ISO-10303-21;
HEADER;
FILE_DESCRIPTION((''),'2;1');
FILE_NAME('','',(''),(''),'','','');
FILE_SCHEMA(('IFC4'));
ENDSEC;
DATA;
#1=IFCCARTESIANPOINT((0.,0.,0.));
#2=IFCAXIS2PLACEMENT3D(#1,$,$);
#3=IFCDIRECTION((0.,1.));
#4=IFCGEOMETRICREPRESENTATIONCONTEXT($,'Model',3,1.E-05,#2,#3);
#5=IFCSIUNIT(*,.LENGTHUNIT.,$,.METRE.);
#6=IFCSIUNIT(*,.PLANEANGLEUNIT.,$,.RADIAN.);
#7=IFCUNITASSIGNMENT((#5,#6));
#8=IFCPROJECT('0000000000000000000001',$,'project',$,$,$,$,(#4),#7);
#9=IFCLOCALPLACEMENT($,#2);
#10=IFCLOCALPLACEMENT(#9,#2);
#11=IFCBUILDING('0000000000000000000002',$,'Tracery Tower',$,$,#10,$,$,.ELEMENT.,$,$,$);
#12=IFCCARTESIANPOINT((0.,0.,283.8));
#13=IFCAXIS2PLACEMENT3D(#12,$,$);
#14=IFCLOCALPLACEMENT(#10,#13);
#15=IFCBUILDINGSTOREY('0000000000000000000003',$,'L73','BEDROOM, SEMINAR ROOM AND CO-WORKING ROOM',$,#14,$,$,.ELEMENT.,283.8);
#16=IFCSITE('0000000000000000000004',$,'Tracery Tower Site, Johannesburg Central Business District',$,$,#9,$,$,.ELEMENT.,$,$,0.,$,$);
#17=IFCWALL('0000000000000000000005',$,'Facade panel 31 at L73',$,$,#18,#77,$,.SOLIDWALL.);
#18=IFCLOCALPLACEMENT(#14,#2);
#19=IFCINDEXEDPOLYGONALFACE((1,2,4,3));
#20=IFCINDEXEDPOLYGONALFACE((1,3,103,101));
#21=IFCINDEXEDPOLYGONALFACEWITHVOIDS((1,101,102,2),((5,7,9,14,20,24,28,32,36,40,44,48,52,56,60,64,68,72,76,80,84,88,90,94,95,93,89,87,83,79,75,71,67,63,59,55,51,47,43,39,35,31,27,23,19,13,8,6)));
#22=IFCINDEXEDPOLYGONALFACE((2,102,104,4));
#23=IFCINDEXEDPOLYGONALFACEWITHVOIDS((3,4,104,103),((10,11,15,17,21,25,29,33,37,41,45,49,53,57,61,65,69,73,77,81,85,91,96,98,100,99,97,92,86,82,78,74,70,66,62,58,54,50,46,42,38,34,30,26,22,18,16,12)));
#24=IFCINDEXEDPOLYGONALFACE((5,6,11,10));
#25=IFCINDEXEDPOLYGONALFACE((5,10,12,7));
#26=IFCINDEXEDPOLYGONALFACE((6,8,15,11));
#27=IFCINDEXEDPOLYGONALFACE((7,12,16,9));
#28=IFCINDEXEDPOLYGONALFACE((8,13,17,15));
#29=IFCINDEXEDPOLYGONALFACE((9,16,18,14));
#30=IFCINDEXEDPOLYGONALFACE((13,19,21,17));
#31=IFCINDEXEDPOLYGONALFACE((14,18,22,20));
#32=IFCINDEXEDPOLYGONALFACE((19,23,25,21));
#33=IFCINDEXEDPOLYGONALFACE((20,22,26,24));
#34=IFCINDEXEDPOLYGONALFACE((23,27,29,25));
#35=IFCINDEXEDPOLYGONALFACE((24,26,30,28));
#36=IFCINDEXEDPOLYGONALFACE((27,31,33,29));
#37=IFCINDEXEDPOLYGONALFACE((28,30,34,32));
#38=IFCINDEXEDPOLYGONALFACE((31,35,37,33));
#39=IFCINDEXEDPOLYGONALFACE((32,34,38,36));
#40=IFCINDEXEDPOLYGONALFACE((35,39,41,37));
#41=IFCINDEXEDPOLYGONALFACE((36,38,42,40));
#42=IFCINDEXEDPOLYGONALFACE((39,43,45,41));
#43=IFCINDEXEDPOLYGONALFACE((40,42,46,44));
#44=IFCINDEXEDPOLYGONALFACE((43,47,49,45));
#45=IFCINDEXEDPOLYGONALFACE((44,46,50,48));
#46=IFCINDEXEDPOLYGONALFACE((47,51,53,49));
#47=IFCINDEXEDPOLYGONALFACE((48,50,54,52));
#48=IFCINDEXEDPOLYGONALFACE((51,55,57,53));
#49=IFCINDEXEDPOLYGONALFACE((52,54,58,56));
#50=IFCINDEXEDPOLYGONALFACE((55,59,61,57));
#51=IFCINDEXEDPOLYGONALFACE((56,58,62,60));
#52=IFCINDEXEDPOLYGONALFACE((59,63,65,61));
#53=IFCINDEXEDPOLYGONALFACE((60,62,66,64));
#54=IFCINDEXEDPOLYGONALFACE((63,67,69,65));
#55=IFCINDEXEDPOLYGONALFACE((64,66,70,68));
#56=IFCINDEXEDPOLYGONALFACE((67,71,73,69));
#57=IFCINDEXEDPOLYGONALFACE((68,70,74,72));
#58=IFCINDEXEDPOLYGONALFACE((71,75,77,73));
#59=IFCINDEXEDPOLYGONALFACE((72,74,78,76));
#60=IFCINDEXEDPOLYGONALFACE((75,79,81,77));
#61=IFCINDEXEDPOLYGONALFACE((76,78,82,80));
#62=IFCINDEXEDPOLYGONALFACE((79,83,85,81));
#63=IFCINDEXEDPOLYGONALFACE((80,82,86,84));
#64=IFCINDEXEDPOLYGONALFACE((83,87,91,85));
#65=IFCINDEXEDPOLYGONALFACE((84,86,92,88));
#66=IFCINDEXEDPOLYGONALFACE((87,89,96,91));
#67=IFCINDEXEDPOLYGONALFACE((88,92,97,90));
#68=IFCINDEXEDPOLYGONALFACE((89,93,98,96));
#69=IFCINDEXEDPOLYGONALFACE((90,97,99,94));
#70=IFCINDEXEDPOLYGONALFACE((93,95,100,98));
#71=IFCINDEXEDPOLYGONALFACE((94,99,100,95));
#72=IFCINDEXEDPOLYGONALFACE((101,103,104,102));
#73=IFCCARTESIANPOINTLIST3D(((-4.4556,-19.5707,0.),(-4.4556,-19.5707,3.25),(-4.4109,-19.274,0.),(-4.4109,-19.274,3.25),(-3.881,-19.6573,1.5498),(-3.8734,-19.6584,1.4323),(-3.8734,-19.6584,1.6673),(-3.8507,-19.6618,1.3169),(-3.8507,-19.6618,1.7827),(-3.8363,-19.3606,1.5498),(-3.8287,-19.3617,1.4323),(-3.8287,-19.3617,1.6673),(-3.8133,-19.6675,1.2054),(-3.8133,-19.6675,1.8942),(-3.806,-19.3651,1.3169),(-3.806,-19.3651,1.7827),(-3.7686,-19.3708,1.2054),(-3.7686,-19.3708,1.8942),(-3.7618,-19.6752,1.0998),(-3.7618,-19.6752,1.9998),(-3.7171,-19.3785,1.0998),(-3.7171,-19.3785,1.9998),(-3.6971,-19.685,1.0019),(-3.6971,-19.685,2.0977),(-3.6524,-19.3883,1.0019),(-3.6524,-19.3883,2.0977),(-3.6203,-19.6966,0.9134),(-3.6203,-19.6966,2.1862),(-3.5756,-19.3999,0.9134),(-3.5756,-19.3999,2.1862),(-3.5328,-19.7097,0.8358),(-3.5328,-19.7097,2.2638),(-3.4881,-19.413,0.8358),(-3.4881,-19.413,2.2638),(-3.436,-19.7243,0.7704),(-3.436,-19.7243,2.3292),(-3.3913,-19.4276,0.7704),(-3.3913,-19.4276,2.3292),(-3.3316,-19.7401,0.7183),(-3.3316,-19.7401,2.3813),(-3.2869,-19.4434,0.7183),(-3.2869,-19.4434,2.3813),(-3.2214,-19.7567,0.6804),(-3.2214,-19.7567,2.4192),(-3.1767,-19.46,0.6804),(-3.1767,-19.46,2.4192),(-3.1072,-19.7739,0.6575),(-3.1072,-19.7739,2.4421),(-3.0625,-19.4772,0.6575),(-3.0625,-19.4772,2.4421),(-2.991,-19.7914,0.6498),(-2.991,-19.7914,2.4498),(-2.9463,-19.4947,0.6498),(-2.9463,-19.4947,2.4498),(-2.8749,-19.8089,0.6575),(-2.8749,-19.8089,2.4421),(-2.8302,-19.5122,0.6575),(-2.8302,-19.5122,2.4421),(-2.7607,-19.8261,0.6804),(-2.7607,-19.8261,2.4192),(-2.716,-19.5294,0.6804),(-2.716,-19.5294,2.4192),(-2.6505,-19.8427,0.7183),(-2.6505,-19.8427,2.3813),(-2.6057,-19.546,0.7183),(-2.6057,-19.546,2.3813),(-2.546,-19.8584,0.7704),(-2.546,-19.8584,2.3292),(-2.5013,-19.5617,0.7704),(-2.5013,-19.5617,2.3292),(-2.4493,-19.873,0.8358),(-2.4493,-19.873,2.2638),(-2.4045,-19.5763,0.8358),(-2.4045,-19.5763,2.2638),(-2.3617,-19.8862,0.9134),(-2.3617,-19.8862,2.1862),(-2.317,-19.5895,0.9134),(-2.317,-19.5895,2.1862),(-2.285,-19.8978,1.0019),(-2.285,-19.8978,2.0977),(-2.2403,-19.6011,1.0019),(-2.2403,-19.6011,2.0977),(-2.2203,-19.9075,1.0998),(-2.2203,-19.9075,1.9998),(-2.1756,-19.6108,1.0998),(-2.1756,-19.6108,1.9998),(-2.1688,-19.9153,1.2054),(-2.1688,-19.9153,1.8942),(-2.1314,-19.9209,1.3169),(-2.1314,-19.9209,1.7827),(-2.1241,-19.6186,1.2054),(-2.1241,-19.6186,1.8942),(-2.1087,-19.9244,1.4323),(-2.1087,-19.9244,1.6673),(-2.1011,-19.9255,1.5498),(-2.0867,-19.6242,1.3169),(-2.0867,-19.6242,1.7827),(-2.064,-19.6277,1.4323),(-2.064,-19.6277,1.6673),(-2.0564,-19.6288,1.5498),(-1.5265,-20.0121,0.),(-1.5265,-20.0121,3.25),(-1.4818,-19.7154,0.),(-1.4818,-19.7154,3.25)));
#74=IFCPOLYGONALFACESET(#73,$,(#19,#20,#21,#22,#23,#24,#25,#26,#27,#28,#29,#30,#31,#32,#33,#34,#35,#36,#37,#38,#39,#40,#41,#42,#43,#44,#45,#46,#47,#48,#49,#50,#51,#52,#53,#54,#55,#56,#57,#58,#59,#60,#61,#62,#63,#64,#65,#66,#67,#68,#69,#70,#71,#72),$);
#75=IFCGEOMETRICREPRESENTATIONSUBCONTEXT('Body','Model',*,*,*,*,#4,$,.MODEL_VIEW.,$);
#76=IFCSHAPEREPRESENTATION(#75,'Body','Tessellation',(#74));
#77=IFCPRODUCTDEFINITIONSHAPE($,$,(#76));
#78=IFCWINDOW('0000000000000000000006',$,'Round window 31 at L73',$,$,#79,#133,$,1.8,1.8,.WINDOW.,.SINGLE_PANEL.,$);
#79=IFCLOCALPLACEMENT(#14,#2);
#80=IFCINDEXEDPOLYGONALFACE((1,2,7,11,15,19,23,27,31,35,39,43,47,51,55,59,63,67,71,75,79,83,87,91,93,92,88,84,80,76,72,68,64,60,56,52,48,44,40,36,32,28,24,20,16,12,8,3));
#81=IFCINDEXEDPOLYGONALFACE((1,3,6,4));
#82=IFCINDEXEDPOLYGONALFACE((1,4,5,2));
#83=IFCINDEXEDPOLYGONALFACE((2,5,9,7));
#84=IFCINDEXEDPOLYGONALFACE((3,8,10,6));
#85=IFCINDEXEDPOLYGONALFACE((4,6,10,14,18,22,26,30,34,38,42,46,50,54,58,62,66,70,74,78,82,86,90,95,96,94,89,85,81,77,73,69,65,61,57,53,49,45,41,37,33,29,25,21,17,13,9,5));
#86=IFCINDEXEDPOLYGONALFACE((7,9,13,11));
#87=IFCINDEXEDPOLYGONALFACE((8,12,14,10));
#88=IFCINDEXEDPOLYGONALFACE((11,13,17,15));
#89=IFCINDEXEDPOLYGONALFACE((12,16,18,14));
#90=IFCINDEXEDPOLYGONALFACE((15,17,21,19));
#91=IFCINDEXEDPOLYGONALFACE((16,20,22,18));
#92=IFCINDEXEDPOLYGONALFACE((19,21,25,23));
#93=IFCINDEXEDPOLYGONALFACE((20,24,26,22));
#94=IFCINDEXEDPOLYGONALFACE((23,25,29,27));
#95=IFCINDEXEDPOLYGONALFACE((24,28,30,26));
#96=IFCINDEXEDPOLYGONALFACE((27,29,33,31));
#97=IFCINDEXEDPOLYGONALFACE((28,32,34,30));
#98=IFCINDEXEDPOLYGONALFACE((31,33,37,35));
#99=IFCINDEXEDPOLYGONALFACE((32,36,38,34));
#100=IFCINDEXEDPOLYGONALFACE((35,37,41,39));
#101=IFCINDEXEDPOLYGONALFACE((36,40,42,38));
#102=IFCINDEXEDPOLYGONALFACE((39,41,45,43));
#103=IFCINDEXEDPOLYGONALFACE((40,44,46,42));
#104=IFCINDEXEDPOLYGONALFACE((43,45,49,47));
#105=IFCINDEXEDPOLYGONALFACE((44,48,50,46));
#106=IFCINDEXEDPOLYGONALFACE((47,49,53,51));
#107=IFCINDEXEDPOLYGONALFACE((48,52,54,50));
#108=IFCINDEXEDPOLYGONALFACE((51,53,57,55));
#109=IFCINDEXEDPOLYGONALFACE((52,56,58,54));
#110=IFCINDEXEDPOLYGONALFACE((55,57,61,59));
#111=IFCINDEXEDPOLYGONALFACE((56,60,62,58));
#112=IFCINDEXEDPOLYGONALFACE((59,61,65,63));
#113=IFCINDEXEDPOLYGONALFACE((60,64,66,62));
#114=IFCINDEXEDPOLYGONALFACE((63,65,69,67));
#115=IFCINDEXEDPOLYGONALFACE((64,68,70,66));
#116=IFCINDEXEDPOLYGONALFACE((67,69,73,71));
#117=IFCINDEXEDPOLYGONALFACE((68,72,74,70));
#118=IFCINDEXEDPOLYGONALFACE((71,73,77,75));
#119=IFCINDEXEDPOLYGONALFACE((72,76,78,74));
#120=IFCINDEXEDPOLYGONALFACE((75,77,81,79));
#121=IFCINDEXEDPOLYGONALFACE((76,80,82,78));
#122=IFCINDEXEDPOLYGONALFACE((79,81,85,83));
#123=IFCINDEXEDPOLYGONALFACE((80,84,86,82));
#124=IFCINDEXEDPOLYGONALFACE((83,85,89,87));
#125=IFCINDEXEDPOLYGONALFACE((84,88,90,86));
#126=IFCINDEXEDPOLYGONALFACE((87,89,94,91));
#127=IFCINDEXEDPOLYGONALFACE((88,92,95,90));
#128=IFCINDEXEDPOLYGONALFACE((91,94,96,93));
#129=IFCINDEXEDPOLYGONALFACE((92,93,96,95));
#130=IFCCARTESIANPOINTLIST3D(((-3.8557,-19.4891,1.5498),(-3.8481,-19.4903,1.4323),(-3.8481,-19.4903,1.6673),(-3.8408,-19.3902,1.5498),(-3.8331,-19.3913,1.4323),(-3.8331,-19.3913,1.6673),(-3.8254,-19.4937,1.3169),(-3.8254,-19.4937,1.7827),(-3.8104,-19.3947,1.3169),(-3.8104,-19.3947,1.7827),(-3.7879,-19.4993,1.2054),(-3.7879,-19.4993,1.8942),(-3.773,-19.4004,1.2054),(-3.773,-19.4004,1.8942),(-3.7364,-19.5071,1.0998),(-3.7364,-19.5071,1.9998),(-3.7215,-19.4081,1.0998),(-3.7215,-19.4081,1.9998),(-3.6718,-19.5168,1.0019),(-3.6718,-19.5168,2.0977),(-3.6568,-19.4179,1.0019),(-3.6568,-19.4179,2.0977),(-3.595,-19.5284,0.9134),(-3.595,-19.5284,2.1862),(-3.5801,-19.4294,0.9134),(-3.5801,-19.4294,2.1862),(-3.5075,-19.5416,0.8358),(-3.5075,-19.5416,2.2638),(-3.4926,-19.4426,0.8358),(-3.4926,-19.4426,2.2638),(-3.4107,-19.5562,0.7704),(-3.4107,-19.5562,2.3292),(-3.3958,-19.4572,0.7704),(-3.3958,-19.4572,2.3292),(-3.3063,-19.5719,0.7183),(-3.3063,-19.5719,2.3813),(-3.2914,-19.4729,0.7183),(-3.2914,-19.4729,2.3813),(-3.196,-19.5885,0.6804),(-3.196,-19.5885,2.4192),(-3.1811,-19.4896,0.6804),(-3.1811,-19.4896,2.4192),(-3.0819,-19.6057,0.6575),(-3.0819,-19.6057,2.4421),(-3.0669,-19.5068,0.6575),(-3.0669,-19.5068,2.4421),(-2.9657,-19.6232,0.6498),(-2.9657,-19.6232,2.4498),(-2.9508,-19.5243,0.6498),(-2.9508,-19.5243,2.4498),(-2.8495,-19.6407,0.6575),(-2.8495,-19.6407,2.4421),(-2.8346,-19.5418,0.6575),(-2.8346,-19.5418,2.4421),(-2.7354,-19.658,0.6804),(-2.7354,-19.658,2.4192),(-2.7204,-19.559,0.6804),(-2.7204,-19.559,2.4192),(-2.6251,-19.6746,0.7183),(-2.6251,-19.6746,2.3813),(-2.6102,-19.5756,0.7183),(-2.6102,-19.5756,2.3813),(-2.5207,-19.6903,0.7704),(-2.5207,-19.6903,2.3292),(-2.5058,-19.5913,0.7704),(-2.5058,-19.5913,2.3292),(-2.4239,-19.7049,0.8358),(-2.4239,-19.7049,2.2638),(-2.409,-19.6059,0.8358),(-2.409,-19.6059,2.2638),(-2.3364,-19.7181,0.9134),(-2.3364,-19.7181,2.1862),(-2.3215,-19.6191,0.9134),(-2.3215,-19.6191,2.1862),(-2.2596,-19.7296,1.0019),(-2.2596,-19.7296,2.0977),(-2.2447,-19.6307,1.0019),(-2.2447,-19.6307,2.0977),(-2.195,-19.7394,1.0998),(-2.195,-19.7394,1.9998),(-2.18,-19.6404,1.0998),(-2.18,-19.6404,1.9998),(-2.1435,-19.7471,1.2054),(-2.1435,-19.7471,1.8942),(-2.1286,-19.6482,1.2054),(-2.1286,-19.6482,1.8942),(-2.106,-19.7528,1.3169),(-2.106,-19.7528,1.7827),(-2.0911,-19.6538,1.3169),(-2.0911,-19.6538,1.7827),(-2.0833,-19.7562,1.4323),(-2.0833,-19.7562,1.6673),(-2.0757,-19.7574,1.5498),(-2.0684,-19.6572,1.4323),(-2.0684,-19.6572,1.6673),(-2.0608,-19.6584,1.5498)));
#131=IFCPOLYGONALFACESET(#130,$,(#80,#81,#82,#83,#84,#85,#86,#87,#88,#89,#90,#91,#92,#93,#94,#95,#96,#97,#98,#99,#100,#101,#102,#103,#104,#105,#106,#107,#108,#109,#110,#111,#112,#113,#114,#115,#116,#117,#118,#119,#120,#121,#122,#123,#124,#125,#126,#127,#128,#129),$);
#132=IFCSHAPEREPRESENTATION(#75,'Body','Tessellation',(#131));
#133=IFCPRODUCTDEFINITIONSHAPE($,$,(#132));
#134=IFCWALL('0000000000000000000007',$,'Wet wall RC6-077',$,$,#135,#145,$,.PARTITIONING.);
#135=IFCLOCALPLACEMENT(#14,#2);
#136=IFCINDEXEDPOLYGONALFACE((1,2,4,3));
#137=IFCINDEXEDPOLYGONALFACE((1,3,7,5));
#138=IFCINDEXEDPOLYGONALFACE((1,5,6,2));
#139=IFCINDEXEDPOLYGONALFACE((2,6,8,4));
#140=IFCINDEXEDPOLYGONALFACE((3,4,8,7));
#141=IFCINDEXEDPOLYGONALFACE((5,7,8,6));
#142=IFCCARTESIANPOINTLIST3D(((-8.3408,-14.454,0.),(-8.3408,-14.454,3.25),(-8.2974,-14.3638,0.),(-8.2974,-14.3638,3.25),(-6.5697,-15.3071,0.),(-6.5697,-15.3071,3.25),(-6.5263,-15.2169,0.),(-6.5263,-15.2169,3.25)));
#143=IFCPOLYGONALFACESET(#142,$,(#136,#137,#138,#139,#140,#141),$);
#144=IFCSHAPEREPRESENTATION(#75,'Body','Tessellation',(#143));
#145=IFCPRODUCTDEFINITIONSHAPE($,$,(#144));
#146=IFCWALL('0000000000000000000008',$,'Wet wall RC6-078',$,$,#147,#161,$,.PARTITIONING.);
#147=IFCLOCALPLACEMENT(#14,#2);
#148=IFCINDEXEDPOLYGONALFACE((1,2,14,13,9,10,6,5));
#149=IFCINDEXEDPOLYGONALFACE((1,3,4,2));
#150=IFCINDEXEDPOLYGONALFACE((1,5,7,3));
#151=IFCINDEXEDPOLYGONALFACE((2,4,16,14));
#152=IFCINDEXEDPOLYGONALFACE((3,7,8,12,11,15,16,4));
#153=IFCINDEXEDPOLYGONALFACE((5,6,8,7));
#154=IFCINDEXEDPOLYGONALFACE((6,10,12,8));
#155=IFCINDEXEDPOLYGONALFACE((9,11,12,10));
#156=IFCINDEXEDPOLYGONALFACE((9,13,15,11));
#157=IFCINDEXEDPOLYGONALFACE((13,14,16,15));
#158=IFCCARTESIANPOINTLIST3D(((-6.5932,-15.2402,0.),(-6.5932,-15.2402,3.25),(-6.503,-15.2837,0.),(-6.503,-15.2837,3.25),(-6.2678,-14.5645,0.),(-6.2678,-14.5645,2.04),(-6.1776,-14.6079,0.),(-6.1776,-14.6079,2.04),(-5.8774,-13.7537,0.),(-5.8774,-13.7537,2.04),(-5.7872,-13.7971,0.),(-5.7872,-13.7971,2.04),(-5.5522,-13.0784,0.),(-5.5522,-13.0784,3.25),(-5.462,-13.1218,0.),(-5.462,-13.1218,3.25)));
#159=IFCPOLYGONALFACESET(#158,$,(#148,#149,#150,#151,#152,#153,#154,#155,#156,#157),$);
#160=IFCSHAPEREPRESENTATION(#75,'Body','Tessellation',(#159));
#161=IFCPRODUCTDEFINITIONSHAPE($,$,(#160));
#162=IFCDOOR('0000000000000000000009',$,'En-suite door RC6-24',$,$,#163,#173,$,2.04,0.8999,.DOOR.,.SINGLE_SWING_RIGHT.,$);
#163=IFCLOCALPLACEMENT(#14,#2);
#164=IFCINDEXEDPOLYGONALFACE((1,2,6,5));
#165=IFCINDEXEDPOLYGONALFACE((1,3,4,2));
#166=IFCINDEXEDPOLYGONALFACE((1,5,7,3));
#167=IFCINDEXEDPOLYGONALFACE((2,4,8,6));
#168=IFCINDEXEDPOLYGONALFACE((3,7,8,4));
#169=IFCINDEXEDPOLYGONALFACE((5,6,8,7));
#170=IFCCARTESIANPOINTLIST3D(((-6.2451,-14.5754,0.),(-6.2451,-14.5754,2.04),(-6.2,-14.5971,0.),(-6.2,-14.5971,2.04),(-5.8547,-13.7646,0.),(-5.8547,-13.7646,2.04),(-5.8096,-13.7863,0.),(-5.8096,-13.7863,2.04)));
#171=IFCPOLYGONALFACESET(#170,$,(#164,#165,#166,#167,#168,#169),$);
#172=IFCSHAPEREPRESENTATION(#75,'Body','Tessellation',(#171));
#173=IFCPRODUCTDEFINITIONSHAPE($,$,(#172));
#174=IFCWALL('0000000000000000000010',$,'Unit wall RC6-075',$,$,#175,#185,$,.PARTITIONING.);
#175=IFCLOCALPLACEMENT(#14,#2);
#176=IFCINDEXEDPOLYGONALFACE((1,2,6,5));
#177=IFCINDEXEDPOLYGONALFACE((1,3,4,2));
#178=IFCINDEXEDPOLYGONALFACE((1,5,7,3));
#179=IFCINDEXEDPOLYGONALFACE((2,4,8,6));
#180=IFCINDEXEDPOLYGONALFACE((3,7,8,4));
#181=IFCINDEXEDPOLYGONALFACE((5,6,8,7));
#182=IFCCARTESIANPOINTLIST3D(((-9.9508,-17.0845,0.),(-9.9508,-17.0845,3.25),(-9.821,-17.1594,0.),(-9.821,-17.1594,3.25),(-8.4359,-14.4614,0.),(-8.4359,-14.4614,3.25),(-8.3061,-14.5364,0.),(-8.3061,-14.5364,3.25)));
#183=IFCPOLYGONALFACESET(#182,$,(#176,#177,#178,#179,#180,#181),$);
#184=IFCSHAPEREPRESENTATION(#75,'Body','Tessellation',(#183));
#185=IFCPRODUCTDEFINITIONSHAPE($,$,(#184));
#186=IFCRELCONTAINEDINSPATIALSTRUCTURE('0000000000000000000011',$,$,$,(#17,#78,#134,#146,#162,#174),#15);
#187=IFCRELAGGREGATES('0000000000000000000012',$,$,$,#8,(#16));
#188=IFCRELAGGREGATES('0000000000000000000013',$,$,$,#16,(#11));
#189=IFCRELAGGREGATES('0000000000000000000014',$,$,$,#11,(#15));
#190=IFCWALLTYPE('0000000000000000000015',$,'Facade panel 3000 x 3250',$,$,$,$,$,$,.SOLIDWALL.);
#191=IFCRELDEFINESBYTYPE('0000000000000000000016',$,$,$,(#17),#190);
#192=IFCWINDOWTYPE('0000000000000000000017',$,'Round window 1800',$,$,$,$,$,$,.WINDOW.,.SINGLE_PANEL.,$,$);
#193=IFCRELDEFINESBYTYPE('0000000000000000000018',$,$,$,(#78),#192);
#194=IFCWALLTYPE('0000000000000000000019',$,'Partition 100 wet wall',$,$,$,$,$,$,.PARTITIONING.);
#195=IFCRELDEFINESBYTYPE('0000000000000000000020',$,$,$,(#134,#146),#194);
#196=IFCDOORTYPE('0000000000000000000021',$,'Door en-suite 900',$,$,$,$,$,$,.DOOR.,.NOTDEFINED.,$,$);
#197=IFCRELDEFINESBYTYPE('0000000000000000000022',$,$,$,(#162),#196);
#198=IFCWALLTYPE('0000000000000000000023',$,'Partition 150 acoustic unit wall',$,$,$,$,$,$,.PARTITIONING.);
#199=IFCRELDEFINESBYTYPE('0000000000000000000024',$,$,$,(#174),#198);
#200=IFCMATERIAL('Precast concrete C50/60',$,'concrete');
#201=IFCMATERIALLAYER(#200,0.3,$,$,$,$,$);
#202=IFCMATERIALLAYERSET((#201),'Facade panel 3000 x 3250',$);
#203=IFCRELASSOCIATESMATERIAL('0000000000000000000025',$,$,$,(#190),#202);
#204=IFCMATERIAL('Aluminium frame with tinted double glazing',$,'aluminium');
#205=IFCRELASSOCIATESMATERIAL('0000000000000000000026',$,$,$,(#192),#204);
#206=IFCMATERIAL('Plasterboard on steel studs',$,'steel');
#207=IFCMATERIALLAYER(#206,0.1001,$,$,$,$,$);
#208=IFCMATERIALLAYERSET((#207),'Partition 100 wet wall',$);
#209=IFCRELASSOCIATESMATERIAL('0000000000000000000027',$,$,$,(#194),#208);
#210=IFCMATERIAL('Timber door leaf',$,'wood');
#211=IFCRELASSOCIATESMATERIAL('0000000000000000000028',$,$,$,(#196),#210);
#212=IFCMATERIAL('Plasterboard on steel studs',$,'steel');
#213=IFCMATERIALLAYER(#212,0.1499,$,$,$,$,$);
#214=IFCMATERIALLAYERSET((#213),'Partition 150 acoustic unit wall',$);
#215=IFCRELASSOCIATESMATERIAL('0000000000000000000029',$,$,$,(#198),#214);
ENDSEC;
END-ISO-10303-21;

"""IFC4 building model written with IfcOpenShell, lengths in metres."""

from ifc_helpers import new_model, si_unit, direction, frame, frame_2d, origin, origin_2d, place, context, subcontext, project, spatial, rectangle, circle, extrude, material, layer, layer_set, type_object, element, fill, save


model = new_model("IFC4")

# Units and contexts
model_context = context("Model", 3, precision=1e-05, world=origin(), true_north=direction((0.0, 1.0)))
body_context = subcontext(model_context, "Body", "Model", "MODEL_VIEW")
ifc_project = project(units=[si_unit("LENGTHUNIT", "METRE"), si_unit("PLANEANGLEUNIT", "RADIAN")], contexts=[model_context])

# Site, building, storey
site_placement = place(None, origin())
site = spatial("IfcSite", under=ifc_project, at=site_placement, Name="Tracery Tower Site, Johannesburg Central Business District", CompositionType="ELEMENT", RefElevation=0.0)
building_placement = place(site_placement, origin())
building = spatial("IfcBuilding", under=site, at=building_placement, Name="Tracery Tower", CompositionType="ELEMENT")
storey_placement = place(building_placement, frame((0.0, 0.0, 283.8)))
storey = spatial("IfcBuildingStorey", under=building, at=storey_placement, Name="L73", Description="BEDROOM, SEMINAR ROOM AND CO-WORKING ROOM", CompositionType="ELEMENT", Elevation=283.8)

# Wall, opening, window
ifc_material_1 = material(Name="Precast concrete C50/60", Category="concrete")
ifc_layer_1 = layer(ifc_material_1, 0.3)
ifc_layer_set_1 = layer_set([ifc_layer_1], Name="Facade panel 3000 x 3250")
wall_type_1 = type_object("IfcWallType", Name="Facade panel 3000 x 3250", PredefinedType="SOLIDWALL", material=ifc_layer_set_1)
ifc_material_2 = material(Name="Aluminium frame with tinted double glazing", Category="aluminium")
window_type = type_object("IfcWindowType", Name="Round window 1800", PartitioningType="SINGLE_PANEL", PredefinedType="WINDOW", material=ifc_material_2)
wall_1_placement = place(storey_placement, frame((-4.4331, -19.4224, 0.0), z_axis=(0.0, 0.0, 1.0), x_axis=(0.988836, -0.149009, 0.0)))
wall_1 = element("IfcWall", 1, at=wall_1_placement, inside=storey, type_object=wall_type_1, Name="Facade panel 31 at L73", PredefinedType="SOLIDWALL", context=body_context, shape_type="SweptSolid", body=[
    extrude(rectangle(XDim=2.9622, YDim=0.3, at=frame_2d((1.481, 0.0))), origin(), (0.0, 0.0, 1.0), 3.25),
])
opening_1_placement = place(wall_1_placement, frame((1.481, 0.0, 1.5498)))
opening_1 = element("IfcOpeningElement", 2, at=opening_1_placement, cuts=wall_1, PredefinedType="OPENING", context=body_context, shape_type="SweptSolid", body=[
    extrude(circle(Radius=0.9, at=origin_2d()), frame((0.0, 0.1599, 0.0), z_axis=(0.0, -1.0, 0.0), x_axis=(1.0, 0.0, 0.0)), (0.0, 0.0, 1.0), 0.3201),
])
window_1_placement = place(opening_1_placement, origin())
window_1 = element("IfcWindow", 3, at=window_1_placement, inside=storey, type_object=window_type, Name="Round window 31 at L73", OverallHeight=1.8, OverallWidth=1.8, PartitioningType="SINGLE_PANEL", PredefinedType="WINDOW", context=body_context, shape_type="SweptSolid", body=[
    extrude(circle(Radius=0.9, at=origin_2d()), frame((0.0, 0.1201, 0.0), z_axis=(0.0, -1.0, 0.0), x_axis=(1.0, 0.0, 0.0)), (0.0, 0.0, 1.0), 0.1001),
])
fill(opening_1, window_1)

# Wall
ifc_material_3 = material(Name="Plasterboard on steel studs", Category="steel")
ifc_layer_2 = layer(ifc_material_3, 0.1001)
ifc_layer_set_2 = layer_set([ifc_layer_2], Name="Partition 100 wet wall")
wall_type_2 = type_object("IfcWallType", Name="Partition 100 wet wall", PredefinedType="PARTITIONING", material=ifc_layer_set_2)
wall_2_placement = place(storey_placement, frame((-8.3191, -14.4089, 0.0), z_axis=(0.0, 0.0, 1.0), x_axis=(0.900937, -0.43395, 0.0)))
element("IfcWall", 4, at=wall_2_placement, inside=storey, type_object=wall_type_2, Name="Wet wall RC6-077", PredefinedType="PARTITIONING", context=body_context, shape_type="SweptSolid", body=[
    extrude(rectangle(XDim=1.9658, YDim=0.1001, at=frame_2d((0.9829, 0.0))), origin(), (0.0, 0.0, 1.0), 3.25),
])

# Wall, opening, door
wall_3_placement = place(storey_placement, frame((-6.5481, -15.262, 0.0), z_axis=(0.0, 0.0, 1.0), x_axis=(0.433855, 0.900983, 0.0)))
wall_3 = element("IfcWall", 5, at=wall_3_placement, inside=storey, type_object=wall_type_2, Name="Wet wall RC6-078", PredefinedType="PARTITIONING", context=body_context, shape_type="SweptSolid", body=[
    extrude(rectangle(XDim=2.3994, YDim=0.1001, at=frame_2d((1.1997, 0.0))), origin(), (0.0, 0.0, 1.0), 3.25),
])
opening_2_placement = place(wall_3_placement, frame((0.75, 0.0, 0.0)))
opening_2 = element("IfcOpeningElement", 6, at=opening_2_placement, cuts=wall_3, PredefinedType="OPENING", context=body_context, shape_type="SweptSolid", body=[
    extrude(rectangle(XDim=0.8999, YDim=2.04, at=frame_2d((0.45, 1.02))), frame((0.0, 0.05, 0.0), z_axis=(0.0, -1.0, 0.0), x_axis=(1.0, 0.0, 0.0)), (0.0, 0.0, 1.0), 0.1001),
])
ifc_material_4 = material(Name="Timber door leaf", Category="wood")
door_type_1 = type_object("IfcDoorType", Name="Door en-suite 900", OperationType="NOTDEFINED", PredefinedType="DOOR", material=ifc_material_4)
door_1_placement = place(opening_2_placement, origin())
door_1 = element("IfcDoor", 7, at=door_1_placement, inside=storey, type_object=door_type_1, Name="En-suite door RC6-24", OperationType="SINGLE_SWING_RIGHT", OverallHeight=2.04, OverallWidth=0.8999, PredefinedType="DOOR", context=body_context, shape_type="SweptSolid", body=[
    extrude(rectangle(XDim=0.8999, YDim=2.04, at=frame_2d((0.45, 1.02))), frame((0.0, 0.0249, 0.0), z_axis=(0.0, -1.0, 0.0), x_axis=(1.0, 0.0, 0.0)), (0.0, 0.0, 1.0), 0.05),
])
fill(opening_2, door_1)

# Wall
ifc_material_5 = material(Name="Plasterboard on steel studs", Category="steel")
ifc_layer_3 = layer(ifc_material_5, 0.1499)
ifc_layer_set_3 = layer_set([ifc_layer_3], Name="Partition 150 acoustic unit wall")
wall_type_3 = type_object("IfcWallType", Name="Partition 150 acoustic unit wall", PredefinedType="PARTITIONING", material=ifc_layer_set_3)
wall_4_placement = place(storey_placement, frame((-9.886, -17.1221, 0.0), z_axis=(0.0, 0.0, 1.0), x_axis=(0.500118, 0.865957, 0.0)))
element("IfcWall", 8, at=wall_4_placement, inside=storey, type_object=wall_type_3, Name="Unit wall RC6-075", PredefinedType="PARTITIONING", context=body_context, shape_type="SweptSolid", body=[
    extrude(rectangle(XDim=3.0291, YDim=0.1499, at=frame_2d((1.5146, 0.0))), origin(), (0.0, 0.0, 1.0), 3.25),
])

save(model, "model.ifc")
